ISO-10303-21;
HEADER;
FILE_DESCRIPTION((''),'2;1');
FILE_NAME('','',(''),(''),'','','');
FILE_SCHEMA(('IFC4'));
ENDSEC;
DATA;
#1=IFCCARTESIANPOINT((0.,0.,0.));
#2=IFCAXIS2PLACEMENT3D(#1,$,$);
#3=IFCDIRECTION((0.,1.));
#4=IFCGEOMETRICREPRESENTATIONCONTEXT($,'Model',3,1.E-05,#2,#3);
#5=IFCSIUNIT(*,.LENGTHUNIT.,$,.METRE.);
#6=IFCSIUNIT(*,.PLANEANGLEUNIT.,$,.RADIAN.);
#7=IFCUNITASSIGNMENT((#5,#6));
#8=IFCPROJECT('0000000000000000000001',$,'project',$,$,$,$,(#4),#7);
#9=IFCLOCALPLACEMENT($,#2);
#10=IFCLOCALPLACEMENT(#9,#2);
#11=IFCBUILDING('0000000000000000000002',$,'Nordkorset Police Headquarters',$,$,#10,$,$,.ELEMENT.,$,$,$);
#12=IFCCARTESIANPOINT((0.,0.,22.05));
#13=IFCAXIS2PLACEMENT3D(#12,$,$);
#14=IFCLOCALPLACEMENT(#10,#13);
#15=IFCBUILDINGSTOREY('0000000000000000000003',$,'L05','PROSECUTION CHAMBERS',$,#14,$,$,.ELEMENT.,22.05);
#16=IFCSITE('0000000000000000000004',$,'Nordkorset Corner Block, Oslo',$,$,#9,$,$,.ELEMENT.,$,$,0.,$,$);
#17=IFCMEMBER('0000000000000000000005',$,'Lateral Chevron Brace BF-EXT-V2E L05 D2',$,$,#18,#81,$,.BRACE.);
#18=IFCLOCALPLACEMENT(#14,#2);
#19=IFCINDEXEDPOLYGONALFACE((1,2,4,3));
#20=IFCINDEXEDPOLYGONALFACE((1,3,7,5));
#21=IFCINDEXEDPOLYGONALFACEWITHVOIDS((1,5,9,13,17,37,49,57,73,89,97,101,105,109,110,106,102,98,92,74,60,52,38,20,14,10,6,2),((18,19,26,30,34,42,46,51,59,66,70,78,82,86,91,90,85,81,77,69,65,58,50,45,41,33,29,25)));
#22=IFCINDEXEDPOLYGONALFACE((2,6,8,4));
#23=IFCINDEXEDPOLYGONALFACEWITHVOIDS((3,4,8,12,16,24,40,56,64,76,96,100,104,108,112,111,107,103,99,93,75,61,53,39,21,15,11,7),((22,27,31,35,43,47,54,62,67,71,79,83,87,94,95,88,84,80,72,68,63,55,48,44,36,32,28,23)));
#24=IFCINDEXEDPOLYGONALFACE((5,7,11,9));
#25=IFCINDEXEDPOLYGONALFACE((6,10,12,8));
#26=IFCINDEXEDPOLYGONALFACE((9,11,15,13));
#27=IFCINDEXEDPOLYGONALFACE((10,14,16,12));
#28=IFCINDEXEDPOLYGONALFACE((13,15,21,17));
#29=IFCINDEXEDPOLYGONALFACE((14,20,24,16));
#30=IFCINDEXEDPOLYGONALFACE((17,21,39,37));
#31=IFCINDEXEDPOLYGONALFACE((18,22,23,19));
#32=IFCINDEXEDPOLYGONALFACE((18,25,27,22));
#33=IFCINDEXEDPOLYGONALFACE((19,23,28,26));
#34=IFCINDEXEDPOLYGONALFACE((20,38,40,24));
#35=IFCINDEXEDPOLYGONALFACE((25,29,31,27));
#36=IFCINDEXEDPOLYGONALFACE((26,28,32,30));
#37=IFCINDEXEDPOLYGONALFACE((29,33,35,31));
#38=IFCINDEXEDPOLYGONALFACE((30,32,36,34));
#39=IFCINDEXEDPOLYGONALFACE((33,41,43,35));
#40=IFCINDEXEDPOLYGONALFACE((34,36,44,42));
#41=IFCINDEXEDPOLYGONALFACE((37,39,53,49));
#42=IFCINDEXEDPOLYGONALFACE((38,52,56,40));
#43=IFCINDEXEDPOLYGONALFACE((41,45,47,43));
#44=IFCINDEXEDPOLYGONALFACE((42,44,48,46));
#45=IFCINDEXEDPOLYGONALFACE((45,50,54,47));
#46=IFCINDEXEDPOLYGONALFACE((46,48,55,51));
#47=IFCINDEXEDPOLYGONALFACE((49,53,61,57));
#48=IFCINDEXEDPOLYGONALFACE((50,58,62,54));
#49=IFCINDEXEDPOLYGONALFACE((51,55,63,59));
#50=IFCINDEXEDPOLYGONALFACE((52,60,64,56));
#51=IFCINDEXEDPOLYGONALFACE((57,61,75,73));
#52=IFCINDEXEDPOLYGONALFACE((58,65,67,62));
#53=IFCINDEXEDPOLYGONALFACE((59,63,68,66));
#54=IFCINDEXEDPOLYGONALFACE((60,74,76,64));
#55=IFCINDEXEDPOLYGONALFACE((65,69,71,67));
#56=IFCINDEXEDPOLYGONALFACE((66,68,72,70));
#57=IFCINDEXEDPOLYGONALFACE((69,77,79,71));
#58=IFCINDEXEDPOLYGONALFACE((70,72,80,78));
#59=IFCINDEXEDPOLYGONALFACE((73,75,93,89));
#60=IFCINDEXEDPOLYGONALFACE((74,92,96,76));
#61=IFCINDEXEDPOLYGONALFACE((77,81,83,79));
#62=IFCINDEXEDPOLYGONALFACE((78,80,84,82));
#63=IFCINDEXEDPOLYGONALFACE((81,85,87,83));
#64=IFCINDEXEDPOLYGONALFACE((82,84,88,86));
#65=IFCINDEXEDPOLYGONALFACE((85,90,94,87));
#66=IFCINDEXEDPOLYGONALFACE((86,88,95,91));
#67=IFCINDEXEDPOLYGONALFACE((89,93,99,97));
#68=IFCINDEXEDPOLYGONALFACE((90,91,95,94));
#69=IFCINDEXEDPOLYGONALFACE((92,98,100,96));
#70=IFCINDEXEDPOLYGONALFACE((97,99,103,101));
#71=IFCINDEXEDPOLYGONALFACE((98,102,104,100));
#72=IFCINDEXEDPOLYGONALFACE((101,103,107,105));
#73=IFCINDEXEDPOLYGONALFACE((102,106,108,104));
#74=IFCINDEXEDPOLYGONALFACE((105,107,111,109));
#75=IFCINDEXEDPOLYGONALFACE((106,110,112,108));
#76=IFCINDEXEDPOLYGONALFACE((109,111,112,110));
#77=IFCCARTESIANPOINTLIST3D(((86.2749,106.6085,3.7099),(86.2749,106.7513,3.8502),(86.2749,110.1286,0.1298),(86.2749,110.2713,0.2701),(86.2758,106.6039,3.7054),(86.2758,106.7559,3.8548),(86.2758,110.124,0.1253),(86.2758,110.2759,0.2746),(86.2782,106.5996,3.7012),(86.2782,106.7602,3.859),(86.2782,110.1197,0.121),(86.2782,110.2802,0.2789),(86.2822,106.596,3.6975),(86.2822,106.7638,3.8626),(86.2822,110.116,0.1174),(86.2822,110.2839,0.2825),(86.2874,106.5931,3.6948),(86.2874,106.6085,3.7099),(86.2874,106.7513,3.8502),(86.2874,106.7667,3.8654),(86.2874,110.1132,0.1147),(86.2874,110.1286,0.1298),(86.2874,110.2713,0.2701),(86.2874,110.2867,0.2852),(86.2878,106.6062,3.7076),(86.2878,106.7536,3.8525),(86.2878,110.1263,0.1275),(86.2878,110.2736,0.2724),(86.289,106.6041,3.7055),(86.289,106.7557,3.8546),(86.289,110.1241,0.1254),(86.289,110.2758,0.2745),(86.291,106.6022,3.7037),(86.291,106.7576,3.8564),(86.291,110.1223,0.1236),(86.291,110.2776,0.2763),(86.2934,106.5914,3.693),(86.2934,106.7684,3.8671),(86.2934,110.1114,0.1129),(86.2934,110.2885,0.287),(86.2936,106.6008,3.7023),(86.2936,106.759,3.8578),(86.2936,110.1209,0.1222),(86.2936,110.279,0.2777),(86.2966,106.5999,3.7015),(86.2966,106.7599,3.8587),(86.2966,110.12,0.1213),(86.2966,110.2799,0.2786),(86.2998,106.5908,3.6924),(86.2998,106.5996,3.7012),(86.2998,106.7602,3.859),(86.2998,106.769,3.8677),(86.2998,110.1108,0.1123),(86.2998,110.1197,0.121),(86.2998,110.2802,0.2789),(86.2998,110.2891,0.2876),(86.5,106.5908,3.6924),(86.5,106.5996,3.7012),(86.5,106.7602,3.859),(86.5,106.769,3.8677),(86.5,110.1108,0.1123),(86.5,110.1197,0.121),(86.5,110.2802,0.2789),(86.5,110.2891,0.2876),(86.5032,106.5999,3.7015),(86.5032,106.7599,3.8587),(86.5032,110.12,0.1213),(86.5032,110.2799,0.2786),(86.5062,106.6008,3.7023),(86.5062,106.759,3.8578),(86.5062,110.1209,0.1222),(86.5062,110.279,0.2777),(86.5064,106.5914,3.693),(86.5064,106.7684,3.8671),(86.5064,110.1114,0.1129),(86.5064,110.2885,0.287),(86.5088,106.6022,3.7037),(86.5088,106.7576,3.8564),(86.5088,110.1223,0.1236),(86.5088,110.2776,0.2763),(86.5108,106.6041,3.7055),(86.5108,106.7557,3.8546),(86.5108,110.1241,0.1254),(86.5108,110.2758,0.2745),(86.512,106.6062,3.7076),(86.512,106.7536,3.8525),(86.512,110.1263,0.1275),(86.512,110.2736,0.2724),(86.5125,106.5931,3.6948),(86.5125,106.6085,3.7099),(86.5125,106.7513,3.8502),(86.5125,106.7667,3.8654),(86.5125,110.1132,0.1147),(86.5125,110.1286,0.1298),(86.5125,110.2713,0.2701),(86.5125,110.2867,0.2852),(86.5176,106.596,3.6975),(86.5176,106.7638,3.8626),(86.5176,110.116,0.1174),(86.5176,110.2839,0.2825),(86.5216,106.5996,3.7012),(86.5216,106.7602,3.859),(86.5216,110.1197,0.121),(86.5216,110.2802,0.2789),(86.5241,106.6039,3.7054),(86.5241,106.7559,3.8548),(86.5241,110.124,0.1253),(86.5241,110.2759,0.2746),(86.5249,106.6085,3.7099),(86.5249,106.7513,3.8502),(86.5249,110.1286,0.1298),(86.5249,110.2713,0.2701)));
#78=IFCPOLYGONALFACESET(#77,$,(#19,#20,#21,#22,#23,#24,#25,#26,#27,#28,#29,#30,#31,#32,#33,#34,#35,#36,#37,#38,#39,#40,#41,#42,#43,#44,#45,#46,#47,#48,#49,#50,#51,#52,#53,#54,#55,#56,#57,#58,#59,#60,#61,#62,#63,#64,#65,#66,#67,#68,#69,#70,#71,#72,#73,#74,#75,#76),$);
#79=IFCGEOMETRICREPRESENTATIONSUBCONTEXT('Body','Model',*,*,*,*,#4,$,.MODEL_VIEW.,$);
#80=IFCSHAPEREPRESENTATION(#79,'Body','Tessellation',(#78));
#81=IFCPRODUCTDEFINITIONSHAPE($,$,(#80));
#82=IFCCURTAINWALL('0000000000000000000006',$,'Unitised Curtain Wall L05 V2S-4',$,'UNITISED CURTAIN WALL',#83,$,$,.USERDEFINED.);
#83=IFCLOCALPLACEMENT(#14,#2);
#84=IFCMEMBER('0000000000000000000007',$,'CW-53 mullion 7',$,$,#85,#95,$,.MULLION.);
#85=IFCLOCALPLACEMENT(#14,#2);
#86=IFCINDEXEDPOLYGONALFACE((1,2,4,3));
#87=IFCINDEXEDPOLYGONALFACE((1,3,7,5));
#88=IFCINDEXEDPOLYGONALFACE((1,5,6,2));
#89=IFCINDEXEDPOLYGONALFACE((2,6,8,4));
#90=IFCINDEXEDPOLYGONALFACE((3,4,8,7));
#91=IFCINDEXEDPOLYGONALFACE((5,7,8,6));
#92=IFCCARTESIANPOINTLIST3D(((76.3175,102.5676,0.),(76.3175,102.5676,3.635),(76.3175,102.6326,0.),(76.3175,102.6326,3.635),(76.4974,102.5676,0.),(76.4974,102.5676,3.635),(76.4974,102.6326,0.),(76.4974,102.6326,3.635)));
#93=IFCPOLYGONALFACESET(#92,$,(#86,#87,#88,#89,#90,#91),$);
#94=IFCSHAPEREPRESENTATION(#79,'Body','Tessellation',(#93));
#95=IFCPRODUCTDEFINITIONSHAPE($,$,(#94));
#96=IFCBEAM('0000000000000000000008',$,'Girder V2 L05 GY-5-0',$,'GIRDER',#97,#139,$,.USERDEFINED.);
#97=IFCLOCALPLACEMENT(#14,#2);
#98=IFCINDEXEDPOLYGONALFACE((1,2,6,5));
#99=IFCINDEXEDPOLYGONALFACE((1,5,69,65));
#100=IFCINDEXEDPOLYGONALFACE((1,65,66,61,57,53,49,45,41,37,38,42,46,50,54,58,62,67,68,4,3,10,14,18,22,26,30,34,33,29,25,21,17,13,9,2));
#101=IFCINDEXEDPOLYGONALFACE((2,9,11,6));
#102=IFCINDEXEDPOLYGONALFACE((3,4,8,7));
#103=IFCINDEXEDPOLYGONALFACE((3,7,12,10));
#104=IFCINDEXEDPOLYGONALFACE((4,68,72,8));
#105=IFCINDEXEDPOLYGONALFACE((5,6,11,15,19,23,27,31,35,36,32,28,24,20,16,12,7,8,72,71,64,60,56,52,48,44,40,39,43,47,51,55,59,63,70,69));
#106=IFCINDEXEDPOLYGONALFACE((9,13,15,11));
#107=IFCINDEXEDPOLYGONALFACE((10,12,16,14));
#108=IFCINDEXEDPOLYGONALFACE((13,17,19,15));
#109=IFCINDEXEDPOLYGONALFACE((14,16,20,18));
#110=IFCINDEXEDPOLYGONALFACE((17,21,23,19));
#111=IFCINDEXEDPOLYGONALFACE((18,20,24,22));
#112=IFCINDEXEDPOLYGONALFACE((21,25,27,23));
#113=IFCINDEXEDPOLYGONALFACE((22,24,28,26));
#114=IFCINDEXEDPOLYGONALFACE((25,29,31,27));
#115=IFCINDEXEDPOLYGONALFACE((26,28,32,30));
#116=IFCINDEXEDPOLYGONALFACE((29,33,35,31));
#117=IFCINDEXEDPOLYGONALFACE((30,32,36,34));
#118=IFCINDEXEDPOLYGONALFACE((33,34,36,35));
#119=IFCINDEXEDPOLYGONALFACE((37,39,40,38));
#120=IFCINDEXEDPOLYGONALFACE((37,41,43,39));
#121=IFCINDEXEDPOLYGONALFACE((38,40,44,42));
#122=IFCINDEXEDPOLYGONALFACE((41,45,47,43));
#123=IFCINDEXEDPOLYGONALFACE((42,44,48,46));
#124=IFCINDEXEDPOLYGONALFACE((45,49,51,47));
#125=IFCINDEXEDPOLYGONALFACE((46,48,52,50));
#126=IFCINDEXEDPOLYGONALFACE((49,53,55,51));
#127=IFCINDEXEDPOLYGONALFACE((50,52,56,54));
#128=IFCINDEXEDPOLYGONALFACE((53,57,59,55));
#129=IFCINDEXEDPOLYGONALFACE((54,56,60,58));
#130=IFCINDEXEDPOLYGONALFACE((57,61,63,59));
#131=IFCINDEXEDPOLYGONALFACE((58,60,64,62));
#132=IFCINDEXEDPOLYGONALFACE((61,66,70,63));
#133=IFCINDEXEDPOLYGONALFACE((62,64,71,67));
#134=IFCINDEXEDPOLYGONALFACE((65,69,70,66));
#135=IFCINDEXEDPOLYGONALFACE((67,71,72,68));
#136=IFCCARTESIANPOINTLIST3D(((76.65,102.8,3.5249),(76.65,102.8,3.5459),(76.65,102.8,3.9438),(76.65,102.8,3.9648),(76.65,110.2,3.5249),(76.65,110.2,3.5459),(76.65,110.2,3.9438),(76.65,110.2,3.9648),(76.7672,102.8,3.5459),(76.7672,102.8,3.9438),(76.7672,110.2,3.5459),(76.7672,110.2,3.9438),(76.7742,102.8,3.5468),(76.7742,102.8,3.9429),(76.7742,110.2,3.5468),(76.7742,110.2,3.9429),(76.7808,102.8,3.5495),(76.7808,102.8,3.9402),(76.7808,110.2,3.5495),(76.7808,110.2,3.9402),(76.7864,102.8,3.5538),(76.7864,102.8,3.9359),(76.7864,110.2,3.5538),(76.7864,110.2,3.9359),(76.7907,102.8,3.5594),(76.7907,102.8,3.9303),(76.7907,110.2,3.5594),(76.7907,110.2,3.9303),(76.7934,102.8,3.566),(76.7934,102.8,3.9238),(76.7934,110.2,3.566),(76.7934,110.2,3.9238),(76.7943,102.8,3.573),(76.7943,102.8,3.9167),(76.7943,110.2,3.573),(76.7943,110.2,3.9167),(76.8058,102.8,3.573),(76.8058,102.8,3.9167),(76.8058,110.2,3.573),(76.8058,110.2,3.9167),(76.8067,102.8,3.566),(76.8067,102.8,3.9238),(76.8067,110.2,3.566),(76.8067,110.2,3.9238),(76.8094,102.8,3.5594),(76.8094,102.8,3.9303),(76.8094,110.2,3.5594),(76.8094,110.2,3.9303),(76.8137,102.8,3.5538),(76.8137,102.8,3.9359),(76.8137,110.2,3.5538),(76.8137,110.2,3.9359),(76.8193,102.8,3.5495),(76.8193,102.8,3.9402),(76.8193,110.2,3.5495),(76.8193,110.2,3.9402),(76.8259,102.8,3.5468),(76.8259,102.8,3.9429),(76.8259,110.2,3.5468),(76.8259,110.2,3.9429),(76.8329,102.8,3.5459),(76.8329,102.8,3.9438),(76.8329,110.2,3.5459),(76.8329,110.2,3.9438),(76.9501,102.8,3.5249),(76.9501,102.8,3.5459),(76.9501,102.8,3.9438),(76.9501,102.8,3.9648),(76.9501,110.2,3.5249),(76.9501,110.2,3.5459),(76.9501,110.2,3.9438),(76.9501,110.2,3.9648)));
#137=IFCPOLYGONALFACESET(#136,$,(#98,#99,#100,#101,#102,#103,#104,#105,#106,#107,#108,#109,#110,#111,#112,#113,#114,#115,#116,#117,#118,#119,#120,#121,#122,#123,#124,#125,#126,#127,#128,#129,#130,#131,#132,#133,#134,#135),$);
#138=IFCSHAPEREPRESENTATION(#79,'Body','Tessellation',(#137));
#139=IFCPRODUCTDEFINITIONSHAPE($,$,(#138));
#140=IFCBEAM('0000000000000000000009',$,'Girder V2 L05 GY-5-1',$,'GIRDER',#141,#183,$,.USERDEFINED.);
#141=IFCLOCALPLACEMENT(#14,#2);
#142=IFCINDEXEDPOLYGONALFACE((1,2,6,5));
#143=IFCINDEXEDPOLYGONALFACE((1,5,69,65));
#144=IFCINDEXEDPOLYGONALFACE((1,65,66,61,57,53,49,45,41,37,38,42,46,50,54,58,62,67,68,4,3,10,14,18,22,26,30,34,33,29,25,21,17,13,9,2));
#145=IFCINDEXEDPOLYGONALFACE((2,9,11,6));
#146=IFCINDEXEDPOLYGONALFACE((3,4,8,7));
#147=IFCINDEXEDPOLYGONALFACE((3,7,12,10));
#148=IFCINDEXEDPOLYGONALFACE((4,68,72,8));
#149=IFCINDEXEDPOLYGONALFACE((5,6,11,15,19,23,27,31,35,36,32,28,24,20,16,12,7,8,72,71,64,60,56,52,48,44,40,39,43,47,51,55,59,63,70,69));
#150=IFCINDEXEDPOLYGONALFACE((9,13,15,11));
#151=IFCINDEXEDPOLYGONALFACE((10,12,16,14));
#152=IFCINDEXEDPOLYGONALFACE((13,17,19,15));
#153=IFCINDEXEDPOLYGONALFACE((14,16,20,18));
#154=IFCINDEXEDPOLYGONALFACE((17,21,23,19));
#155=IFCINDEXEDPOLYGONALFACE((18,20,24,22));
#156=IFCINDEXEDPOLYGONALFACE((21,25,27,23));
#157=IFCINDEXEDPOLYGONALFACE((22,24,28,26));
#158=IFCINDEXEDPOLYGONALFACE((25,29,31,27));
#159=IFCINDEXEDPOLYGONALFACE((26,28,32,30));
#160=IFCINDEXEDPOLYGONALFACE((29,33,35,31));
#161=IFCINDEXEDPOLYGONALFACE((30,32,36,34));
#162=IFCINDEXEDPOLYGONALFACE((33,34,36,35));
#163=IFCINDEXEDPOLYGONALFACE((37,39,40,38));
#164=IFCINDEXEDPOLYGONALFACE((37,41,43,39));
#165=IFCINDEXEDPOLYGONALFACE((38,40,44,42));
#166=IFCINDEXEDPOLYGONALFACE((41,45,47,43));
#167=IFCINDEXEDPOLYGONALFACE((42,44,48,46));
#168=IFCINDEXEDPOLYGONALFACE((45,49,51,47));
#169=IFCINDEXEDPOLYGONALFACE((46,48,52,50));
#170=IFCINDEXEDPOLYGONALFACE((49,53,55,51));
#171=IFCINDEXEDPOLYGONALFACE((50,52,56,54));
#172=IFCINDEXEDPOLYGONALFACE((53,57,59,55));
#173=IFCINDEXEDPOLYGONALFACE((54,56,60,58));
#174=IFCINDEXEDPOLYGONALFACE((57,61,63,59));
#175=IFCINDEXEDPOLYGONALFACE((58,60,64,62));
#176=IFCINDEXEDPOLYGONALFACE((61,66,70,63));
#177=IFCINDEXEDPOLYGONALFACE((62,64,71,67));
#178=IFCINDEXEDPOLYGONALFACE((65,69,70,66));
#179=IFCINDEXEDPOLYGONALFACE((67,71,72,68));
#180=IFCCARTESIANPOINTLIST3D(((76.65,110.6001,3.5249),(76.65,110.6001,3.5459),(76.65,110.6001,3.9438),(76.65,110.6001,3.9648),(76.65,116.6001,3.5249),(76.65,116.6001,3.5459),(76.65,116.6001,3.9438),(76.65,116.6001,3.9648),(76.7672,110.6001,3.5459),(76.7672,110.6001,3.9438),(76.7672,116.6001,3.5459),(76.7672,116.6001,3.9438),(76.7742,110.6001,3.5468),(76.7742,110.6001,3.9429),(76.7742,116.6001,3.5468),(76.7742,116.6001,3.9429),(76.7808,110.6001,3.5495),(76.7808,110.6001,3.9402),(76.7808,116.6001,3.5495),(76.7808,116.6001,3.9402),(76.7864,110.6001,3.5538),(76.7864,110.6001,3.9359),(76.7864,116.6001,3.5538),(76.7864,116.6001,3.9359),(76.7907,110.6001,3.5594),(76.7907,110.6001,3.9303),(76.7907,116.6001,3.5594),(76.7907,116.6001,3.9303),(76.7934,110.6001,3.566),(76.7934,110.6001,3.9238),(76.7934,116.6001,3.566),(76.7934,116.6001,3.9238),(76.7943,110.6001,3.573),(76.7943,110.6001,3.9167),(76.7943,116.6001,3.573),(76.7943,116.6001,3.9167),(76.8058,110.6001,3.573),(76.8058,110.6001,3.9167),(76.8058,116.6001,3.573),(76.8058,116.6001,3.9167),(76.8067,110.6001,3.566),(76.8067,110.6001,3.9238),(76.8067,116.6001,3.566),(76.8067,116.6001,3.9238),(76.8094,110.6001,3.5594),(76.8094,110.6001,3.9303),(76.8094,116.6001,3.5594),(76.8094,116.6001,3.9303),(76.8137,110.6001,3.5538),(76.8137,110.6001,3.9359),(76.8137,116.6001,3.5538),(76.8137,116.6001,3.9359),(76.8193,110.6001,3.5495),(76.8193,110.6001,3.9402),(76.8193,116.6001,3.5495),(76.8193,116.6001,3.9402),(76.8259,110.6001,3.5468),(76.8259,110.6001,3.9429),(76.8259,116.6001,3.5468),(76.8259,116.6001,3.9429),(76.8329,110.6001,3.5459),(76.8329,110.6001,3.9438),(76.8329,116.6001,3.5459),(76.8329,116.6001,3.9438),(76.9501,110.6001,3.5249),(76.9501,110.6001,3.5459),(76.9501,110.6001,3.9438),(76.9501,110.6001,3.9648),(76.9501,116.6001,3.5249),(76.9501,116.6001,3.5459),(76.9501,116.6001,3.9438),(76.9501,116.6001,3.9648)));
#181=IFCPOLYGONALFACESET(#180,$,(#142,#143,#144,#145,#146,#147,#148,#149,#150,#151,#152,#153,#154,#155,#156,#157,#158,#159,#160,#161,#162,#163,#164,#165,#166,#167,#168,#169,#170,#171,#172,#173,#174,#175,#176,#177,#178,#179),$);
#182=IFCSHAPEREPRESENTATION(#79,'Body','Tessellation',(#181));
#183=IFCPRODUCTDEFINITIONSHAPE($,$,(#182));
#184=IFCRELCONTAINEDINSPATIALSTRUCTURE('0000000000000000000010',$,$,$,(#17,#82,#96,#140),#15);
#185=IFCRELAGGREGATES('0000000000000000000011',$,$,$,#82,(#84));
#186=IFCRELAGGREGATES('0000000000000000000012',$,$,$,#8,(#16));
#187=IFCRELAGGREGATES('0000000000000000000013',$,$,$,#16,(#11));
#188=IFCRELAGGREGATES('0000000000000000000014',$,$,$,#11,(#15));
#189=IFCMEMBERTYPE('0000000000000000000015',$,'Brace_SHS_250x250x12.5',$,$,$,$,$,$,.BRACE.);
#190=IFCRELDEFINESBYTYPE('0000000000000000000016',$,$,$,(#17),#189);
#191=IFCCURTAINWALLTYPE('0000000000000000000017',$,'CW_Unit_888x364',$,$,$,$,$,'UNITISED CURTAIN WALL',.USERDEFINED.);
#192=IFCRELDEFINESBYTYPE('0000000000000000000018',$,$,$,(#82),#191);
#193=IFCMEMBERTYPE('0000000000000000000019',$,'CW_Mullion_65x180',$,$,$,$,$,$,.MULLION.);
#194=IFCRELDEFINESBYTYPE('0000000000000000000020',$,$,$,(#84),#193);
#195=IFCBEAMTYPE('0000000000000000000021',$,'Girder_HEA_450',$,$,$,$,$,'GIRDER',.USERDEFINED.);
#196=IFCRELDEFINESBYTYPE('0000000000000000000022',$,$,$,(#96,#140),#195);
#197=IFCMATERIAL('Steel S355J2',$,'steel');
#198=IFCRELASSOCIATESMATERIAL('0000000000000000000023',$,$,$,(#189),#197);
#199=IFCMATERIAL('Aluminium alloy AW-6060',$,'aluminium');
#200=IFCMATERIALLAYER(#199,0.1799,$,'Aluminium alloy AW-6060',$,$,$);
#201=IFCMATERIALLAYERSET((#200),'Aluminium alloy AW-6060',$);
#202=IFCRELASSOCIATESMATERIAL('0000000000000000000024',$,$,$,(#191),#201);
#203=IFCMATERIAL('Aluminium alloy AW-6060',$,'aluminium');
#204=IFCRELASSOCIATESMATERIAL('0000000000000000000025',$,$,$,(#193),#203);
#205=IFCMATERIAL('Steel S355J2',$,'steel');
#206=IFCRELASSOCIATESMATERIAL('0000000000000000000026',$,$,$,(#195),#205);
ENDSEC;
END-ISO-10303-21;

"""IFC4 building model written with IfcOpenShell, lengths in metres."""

from ifc_helpers import new_model, si_unit, direction, frame, origin, origin_2d, place, context, subcontext, project, spatial, rectangle, hollow_rectangle, i_section, extrude, material, layer, layer_set, material_profile, profile_set, type_object, element, aggregate, save


model = new_model("IFC4")

# Units and contexts
model_context = context("Model", 3, precision=1e-05, world=origin(), true_north=direction((0.0, 1.0)))
body_context = subcontext(model_context, "Body", "Model", "MODEL_VIEW")
ifc_project = project(units=[si_unit("LENGTHUNIT", "METRE"), si_unit("PLANEANGLEUNIT", "RADIAN")], contexts=[model_context])

# Site, building, storey
site_placement = place(None, origin())
site = spatial("IfcSite", under=ifc_project, at=site_placement, Name="Nordkorset Corner Block, Oslo", CompositionType="ELEMENT", RefElevation=0.0)
building_placement = place(site_placement, origin())
building = spatial("IfcBuilding", under=site, at=building_placement, Name="Nordkorset Police Headquarters", CompositionType="ELEMENT")
storey_placement = place(building_placement, frame((0.0, 0.0, 22.05)))
storey = spatial("IfcBuildingStorey", under=building, at=storey_placement, Name="L05", Description="PROSECUTION CHAMBERS", CompositionType="ELEMENT", Elevation=22.05)

# Member
ifc_material_1 = material(Name="Steel S355J2", Category="steel")
ifc_material_profile_1 = material_profile(ifc_material_1, hollow_rectangle(XDim=0.25, YDim=0.25, WallThickness=0.0125, InnerFilletRadius=0.0125, OuterFilletRadius=0.0249, at=origin_2d()), Name="SHS 250x250x12.5")
ifc_profile_set_1 = profile_set([ifc_material_profile_1], Name="Steel S355J2")
member_type_1 = type_object("IfcMemberType", Name="Brace_SHS_250x250x12.5", PredefinedType="BRACE", material=ifc_profile_set_1)
for number, where, z_axis, x_axis, name in (
    (1, (86.3999, 110.2, 0.2), (0.0, -0.7011, 0.713063), (1.0, 0.0, 0.0), "Lateral Chevron Brace BF-EXT-V2E L05 D2"),
):
    element("IfcMember", number, at=place(storey_placement, frame(where, z_axis=z_axis, x_axis=x_axis)), inside=storey, type_object=member_type_1, Name=name, PredefinedType="BRACE", context=body_context, shape_type="SweptSolid", body=[
        extrude(hollow_rectangle(XDim=0.25, YDim=0.25, WallThickness=0.0125, InnerFilletRadius=0.0125, OuterFilletRadius=0.0249, at=origin_2d()), origin(), (0.0, 0.0, 1.0), 5.0208),
    ])

# Curtain wall, member
ifc_material_2 = material(Name="Aluminium alloy AW-6060", Category="aluminium")
ifc_layer_1 = layer(ifc_material_2, 0.1799, Name="Aluminium alloy AW-6060")
ifc_layer_set_1 = layer_set([ifc_layer_1], Name="Aluminium alloy AW-6060")
curtain_wall_type = type_object("IfcCurtainWallType", Name="CW_Unit_888x364", ElementType="UNITISED CURTAIN WALL", PredefinedType="USERDEFINED", material=ifc_layer_set_1)
curtain_wall_placement = place(storey_placement, origin())
curtain_wall = element("IfcCurtainWall", 2, at=curtain_wall_placement, inside=storey, type_object=curtain_wall_type, Name="Unitised Curtain Wall L05 V2S-4", ObjectType="UNITISED CURTAIN WALL", PredefinedType="USERDEFINED")
ifc_material_3 = material(Name="Aluminium alloy AW-6060", Category="aluminium")
ifc_material_profile_2 = material_profile(ifc_material_3, rectangle(XDim=0.0649, YDim=0.1799, at=origin_2d()), Name="ALU MULL 65x180")
ifc_profile_set_2 = profile_set([ifc_material_profile_2], Name="Aluminium alloy AW-6060")
member_type_2 = type_object("IfcMemberType", Name="CW_Mullion_65x180", PredefinedType="MULLION", material=ifc_profile_set_2)
member_placement = place(storey_placement, frame((76.4075, 102.6001, 0.0), z_axis=(0.0, 0.0, 1.0), x_axis=(0.0, 1.0, 0.0)))
member = element("IfcMember", 3, at=member_placement, type_object=member_type_2, Name="CW-53 mullion 7", PredefinedType="MULLION", context=body_context, shape_type="SweptSolid", body=[
    extrude(rectangle(XDim=0.0649, YDim=0.1799, at=origin_2d()), origin(), (0.0, 0.0, 1.0), 3.635),
])

# Beams
ifc_material_4 = material(Name="Steel S355J2", Category="steel")
ifc_material_profile_3 = material_profile(ifc_material_4, i_section(OverallWidth=0.3, OverallDepth=0.4399, WebThickness=0.0115, FlangeThickness=0.021, FilletRadius=0.0271, at=origin_2d()), Name="HEA 450")
ifc_profile_set_3 = profile_set([ifc_material_profile_3], Name="Steel S355J2")
beam_type_1 = type_object("IfcBeamType", Name="Girder_HEA_450", ElementType="GIRDER", PredefinedType="USERDEFINED", material=ifc_profile_set_3)
beam_1_placement = place(storey_placement, frame((76.8, 102.8, 3.7449), z_axis=(0.0, 1.0, 0.0), x_axis=(-1.0, 0.0, 0.0)))
element("IfcBeam", 4, at=beam_1_placement, inside=storey, type_object=beam_type_1, Name="Girder V2 L05 GY-5-0", ObjectType="GIRDER", PredefinedType="USERDEFINED", context=body_context, shape_type="SweptSolid", body=[
    extrude(i_section(OverallWidth=0.3, OverallDepth=0.4399, WebThickness=0.0115, FlangeThickness=0.021, FilletRadius=0.0271, at=origin_2d()), origin(), (0.0, 0.0, 1.0), 7.3999),
])
beam_2_placement = place(storey_placement, frame((76.8, 110.6001, 3.7449), z_axis=(0.0, 1.0, 0.0), x_axis=(-1.0, 0.0, 0.0)))
element("IfcBeam", 5, at=beam_2_placement, inside=storey, type_object=beam_type_1, Name="Girder V2 L05 GY-5-1", ObjectType="GIRDER", PredefinedType="USERDEFINED", context=body_context, shape_type="SweptSolid", body=[
    extrude(i_section(OverallWidth=0.3, OverallDepth=0.4399, WebThickness=0.0115, FlangeThickness=0.021, FilletRadius=0.0271, at=origin_2d()), origin(), (0.0, 0.0, 1.0), 6.0),
])

aggregate(curtain_wall, [member])

save(model, "model.ifc")
